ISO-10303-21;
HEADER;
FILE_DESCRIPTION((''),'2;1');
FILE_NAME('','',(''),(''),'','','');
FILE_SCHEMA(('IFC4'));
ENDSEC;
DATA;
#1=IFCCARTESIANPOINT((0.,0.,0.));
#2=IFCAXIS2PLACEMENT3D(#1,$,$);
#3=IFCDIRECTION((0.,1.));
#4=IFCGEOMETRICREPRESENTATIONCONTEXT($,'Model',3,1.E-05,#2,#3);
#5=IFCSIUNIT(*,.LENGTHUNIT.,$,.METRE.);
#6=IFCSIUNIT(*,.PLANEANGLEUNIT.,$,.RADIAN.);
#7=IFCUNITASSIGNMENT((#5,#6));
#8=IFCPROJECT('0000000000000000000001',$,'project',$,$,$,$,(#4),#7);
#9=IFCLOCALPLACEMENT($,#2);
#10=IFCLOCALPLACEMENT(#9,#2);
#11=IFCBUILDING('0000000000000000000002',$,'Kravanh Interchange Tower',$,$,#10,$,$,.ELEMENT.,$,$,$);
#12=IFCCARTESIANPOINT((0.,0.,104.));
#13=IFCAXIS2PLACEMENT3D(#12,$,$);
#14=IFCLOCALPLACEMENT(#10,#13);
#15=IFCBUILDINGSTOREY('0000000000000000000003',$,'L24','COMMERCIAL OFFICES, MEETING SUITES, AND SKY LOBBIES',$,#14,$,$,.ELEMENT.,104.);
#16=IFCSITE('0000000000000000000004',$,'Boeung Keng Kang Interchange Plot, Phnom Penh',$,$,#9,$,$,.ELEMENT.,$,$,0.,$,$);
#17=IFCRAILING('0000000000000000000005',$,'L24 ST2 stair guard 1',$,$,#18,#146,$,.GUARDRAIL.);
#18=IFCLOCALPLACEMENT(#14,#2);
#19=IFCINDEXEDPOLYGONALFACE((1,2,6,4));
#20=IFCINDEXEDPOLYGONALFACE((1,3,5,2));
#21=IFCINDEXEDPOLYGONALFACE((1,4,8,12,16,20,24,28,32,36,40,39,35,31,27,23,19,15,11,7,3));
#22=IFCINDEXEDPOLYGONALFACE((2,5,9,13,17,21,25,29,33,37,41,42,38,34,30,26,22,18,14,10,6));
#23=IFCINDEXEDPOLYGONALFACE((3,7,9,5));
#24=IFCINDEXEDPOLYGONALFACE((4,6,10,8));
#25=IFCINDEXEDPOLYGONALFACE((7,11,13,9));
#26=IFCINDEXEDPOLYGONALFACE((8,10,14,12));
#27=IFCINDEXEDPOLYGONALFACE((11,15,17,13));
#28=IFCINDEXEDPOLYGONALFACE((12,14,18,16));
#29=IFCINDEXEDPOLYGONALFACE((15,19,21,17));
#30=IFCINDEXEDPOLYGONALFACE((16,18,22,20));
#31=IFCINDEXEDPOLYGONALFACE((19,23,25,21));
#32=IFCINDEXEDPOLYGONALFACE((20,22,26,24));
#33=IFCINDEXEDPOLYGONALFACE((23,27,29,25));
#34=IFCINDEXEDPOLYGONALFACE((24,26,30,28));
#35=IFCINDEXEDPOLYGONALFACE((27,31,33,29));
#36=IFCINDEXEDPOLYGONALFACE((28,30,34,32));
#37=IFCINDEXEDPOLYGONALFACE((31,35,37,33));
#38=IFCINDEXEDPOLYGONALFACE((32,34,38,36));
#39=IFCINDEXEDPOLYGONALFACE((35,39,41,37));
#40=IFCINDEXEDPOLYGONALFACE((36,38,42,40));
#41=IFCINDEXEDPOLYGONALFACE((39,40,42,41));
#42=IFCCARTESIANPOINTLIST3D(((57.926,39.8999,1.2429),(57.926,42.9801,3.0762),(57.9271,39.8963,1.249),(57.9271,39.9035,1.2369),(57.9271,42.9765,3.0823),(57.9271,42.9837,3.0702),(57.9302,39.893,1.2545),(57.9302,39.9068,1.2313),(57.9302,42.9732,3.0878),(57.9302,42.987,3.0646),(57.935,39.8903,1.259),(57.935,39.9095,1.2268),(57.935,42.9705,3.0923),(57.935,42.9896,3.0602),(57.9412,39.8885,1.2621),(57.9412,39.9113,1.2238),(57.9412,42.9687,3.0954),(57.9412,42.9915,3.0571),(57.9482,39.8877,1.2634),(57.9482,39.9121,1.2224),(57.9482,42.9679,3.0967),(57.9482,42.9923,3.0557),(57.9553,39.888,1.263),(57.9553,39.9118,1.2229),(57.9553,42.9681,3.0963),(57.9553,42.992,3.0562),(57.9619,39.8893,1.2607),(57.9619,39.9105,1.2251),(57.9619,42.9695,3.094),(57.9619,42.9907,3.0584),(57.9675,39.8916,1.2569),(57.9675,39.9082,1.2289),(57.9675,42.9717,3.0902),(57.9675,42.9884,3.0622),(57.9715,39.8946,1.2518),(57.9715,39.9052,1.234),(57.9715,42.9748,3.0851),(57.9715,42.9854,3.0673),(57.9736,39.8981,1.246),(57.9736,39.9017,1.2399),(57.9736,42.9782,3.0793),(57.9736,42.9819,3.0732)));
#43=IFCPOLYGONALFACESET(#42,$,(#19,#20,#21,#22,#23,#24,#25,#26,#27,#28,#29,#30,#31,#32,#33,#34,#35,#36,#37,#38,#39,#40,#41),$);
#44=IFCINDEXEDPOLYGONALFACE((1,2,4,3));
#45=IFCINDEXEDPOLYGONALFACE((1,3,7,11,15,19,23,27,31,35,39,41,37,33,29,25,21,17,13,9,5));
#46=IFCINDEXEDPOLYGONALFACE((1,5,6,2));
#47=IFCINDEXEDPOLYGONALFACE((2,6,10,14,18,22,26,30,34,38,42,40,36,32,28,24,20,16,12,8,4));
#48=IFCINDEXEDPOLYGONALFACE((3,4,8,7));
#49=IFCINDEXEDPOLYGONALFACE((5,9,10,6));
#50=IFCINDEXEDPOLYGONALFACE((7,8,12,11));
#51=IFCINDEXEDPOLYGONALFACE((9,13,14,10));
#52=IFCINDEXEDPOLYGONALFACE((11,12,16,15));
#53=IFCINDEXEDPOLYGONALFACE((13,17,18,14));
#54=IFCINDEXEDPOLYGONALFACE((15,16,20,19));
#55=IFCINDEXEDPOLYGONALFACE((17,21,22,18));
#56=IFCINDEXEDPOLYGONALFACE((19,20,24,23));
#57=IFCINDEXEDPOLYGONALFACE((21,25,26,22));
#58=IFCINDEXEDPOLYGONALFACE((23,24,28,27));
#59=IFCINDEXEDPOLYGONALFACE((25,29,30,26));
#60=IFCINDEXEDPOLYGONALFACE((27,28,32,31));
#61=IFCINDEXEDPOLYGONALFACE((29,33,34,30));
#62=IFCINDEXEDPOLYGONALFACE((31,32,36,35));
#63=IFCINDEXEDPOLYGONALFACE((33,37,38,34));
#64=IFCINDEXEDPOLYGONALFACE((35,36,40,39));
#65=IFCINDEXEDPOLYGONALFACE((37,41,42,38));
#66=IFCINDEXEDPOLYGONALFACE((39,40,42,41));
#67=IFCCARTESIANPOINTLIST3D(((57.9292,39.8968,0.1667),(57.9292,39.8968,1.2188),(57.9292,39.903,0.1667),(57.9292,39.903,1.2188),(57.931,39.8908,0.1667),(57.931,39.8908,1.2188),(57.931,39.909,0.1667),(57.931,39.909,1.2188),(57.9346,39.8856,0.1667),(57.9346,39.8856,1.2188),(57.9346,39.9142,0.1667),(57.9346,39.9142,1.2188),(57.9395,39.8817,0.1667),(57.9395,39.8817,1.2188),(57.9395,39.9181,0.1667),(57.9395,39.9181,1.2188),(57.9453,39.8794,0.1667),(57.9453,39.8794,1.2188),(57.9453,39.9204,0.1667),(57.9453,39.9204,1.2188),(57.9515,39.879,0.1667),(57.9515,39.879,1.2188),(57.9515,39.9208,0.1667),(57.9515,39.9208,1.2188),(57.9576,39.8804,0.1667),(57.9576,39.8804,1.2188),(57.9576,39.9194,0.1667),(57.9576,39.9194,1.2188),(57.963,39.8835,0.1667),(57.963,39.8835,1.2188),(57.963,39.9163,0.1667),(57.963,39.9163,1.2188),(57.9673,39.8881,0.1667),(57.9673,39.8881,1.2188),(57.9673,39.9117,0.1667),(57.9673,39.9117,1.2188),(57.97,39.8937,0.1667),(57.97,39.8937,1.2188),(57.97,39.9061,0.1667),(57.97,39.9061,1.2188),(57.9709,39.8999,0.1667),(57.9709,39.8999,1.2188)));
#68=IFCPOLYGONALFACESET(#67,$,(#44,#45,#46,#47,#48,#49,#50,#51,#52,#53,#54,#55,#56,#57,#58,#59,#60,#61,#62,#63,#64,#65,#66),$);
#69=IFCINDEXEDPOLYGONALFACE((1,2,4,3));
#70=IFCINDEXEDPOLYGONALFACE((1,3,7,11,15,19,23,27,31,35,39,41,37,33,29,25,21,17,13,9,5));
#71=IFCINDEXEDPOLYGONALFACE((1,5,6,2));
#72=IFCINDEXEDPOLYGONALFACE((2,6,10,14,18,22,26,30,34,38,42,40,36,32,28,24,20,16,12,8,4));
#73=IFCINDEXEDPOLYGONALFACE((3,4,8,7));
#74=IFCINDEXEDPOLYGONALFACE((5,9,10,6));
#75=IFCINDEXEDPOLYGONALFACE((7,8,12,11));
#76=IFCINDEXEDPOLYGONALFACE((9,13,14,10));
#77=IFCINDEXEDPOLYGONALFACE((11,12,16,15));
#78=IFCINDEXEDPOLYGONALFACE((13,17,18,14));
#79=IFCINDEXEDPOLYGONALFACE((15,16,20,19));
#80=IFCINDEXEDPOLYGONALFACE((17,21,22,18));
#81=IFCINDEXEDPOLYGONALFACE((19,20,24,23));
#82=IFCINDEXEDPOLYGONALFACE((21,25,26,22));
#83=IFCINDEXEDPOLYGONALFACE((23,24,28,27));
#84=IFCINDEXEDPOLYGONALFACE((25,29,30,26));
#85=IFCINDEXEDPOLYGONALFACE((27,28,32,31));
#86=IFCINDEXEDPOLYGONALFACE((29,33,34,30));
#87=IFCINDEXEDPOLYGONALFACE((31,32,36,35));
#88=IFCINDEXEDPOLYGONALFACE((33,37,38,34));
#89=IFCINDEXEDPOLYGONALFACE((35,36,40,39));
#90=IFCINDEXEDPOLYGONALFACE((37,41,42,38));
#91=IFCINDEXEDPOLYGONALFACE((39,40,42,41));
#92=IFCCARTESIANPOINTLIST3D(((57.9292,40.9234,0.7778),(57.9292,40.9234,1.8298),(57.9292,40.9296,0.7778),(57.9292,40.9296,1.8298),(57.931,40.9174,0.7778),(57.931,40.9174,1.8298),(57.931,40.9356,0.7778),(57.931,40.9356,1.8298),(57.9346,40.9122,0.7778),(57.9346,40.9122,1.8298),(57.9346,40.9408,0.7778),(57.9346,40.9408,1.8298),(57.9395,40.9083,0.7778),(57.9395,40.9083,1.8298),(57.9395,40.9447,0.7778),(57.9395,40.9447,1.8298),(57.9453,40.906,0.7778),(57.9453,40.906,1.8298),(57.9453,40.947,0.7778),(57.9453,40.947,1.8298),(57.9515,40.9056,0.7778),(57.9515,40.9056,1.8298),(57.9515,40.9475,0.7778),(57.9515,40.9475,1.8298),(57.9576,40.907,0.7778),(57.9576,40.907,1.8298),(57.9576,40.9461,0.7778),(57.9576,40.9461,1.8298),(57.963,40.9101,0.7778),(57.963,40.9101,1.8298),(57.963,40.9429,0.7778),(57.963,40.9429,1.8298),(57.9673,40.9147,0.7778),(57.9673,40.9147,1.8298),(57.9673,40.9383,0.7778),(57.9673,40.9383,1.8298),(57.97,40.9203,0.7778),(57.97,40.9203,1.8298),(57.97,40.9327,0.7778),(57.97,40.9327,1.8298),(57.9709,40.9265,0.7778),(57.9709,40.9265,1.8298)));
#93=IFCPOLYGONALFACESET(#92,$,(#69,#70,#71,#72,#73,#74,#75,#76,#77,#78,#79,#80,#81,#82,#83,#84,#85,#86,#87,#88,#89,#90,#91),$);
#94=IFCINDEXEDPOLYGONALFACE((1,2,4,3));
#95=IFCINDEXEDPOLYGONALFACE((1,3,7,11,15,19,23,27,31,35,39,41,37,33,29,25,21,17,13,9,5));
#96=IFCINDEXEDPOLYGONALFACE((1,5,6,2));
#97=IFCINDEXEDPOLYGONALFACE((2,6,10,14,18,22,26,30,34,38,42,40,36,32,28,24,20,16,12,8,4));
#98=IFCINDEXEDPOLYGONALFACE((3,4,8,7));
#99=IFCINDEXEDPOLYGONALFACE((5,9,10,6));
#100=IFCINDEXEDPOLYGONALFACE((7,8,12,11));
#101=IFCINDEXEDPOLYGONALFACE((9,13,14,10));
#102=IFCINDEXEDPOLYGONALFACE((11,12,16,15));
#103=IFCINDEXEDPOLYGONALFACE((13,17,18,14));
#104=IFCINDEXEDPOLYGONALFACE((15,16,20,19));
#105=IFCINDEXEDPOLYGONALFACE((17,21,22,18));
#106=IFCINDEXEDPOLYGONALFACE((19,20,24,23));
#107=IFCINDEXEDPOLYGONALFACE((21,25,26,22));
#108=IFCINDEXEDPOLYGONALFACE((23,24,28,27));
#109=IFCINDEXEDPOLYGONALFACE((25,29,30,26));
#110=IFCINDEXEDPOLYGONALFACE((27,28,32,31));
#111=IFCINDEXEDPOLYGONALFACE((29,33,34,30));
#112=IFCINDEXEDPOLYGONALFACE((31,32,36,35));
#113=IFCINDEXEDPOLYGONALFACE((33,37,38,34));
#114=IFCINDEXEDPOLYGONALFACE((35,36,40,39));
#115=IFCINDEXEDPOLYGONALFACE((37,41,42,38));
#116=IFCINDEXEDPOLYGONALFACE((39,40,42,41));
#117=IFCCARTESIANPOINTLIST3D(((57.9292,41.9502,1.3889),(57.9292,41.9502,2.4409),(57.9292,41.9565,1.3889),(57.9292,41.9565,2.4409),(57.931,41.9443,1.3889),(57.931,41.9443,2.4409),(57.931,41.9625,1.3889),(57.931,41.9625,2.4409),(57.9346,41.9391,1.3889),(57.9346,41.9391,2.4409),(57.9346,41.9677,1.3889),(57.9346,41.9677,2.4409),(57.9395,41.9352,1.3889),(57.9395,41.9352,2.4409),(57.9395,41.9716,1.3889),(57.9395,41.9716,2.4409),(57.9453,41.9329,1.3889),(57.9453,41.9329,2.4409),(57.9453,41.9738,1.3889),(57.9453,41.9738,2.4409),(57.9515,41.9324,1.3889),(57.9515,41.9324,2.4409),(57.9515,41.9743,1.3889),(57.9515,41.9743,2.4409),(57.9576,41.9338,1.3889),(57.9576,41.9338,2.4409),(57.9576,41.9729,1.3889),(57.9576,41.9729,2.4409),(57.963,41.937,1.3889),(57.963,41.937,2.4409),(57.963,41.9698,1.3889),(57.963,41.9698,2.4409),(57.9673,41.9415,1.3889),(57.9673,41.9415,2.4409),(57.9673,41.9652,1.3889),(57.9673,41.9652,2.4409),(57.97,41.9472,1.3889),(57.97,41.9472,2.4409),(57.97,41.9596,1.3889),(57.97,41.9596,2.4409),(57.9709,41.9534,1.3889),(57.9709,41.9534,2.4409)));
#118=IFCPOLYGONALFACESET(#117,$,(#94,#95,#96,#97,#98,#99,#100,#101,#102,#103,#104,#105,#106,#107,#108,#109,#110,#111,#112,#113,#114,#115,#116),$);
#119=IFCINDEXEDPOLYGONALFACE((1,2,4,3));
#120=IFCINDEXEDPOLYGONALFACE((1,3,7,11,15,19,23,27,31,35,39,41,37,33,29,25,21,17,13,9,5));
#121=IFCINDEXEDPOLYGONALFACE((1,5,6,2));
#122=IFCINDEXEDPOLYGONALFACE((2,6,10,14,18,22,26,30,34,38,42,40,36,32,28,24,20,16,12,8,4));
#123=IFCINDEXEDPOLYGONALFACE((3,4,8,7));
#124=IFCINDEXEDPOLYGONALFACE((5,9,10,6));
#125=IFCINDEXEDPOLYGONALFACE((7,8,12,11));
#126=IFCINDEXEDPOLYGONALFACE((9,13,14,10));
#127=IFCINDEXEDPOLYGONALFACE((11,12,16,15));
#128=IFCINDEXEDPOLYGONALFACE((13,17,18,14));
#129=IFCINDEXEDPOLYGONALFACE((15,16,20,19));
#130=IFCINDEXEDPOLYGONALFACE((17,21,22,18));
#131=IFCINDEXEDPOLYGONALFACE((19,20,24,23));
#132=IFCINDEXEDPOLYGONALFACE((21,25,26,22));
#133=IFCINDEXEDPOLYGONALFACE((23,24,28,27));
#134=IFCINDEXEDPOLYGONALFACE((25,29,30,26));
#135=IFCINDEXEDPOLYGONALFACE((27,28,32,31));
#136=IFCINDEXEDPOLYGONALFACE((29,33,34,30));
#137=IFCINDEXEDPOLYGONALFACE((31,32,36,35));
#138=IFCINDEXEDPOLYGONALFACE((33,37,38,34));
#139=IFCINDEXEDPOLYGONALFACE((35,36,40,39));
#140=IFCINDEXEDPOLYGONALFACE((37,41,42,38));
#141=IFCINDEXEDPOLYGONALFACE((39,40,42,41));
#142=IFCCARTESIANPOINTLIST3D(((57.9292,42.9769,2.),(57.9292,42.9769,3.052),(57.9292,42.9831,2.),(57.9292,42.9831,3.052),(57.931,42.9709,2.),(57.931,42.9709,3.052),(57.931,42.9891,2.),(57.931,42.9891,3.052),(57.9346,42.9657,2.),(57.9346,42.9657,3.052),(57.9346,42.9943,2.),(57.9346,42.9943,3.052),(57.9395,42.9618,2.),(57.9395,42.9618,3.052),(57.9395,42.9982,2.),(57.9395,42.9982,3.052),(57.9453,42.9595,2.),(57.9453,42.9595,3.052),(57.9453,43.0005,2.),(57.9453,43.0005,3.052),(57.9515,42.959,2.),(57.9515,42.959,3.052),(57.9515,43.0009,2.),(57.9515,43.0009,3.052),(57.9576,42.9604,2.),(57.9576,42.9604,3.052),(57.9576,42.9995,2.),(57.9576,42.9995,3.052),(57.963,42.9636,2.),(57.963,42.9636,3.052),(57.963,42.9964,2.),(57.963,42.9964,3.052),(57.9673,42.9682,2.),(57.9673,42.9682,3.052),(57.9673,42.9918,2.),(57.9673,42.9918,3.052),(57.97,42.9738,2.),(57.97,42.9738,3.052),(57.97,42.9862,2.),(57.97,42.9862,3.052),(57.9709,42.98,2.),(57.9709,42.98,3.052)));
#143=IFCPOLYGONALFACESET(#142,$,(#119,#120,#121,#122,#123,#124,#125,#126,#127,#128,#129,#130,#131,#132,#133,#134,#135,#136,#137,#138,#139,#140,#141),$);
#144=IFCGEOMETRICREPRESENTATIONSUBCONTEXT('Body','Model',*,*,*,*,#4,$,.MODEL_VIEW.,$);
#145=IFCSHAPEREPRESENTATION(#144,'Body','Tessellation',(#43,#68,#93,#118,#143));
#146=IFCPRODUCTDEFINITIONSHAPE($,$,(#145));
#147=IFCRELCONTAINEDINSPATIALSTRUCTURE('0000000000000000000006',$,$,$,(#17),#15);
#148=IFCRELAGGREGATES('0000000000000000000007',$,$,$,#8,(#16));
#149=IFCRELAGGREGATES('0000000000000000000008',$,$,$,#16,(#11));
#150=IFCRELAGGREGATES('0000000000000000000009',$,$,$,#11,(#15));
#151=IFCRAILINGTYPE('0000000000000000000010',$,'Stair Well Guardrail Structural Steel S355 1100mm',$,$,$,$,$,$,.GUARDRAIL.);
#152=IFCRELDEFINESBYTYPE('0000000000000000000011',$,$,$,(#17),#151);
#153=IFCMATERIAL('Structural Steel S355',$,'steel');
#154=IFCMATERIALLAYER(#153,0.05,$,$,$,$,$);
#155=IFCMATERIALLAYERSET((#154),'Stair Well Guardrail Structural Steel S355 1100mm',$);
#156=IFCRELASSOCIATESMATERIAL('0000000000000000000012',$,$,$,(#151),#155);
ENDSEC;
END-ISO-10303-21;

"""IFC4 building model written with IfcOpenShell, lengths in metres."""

from ifc_helpers import new_model, si_unit, direction, frame, origin, origin_2d, place, context, subcontext, project, spatial, circle, extrude, material, layer, layer_set, type_object, element, save


model = new_model("IFC4")

# Units and contexts
model_context = context("Model", 3, precision=1e-05, world=origin(), true_north=direction((0.0, 1.0)))
body_context = subcontext(model_context, "Body", "Model", "MODEL_VIEW")
ifc_project = project(units=[si_unit("LENGTHUNIT", "METRE"), si_unit("PLANEANGLEUNIT", "RADIAN")], contexts=[model_context])

# Site, building, storey
site_placement = place(None, origin())
site = spatial("IfcSite", under=ifc_project, at=site_placement, Name="Boeung Keng Kang Interchange Plot, Phnom Penh", CompositionType="ELEMENT", RefElevation=0.0)
building_placement = place(site_placement, origin())
building = spatial("IfcBuilding", under=site, at=building_placement, Name="Kravanh Interchange Tower", CompositionType="ELEMENT")
storey_placement = place(building_placement, frame((0.0, 0.0, 104.0)))
storey = spatial("IfcBuildingStorey", under=building, at=storey_placement, Name="L24", Description="COMMERCIAL OFFICES, MEETING SUITES, AND SKY LOBBIES", CompositionType="ELEMENT", Elevation=104.0)

# Railing
ifc_material_1 = material(Name="Structural Steel S355", Category="steel")
ifc_layer_1 = layer(ifc_material_1, 0.05)
ifc_layer_set_1 = layer_set([ifc_layer_1], Name="Stair Well Guardrail Structural Steel S355 1100mm")
railing_type_1 = type_object("IfcRailingType", Name="Stair Well Guardrail Structural Steel S355 1100mm", PredefinedType="GUARDRAIL", material=ifc_layer_set_1)
railing_1_placement = place(storey_placement, frame((57.95, 39.8999, 0.1667)))
element("IfcRailing", 1, at=railing_1_placement, inside=storey, type_object=railing_type_1, Name="L24 ST2 stair guard 1", PredefinedType="GUARDRAIL", context=body_context, shape_type="SweptSolid", body=[
    extrude(circle(Radius=0.0239, at=origin_2d()), frame((0.0, 0.0, 1.0762), z_axis=(0.0, 0.859309, 0.511458), x_axis=(-1.0, 0.0, 0.0)), (0.0, 0.0, 1.0), 3.5845),
    extrude(circle(Radius=0.021, at=origin_2d()), origin(), (0.0, 0.0, 1.0), 1.052),
    extrude(circle(Radius=0.021, at=origin_2d()), frame((0.0, 1.0266, 0.6111)), (0.0, 0.0, 1.0), 1.052),
    extrude(circle(Radius=0.021, at=origin_2d()), frame((0.0, 2.0535, 1.2222)), (0.0, 0.0, 1.0), 1.052),
    extrude(circle(Radius=0.021, at=origin_2d()), frame((0.0, 3.0801, 1.8333)), (0.0, 0.0, 1.0), 1.052),
])

save(model, "model.ifc")
